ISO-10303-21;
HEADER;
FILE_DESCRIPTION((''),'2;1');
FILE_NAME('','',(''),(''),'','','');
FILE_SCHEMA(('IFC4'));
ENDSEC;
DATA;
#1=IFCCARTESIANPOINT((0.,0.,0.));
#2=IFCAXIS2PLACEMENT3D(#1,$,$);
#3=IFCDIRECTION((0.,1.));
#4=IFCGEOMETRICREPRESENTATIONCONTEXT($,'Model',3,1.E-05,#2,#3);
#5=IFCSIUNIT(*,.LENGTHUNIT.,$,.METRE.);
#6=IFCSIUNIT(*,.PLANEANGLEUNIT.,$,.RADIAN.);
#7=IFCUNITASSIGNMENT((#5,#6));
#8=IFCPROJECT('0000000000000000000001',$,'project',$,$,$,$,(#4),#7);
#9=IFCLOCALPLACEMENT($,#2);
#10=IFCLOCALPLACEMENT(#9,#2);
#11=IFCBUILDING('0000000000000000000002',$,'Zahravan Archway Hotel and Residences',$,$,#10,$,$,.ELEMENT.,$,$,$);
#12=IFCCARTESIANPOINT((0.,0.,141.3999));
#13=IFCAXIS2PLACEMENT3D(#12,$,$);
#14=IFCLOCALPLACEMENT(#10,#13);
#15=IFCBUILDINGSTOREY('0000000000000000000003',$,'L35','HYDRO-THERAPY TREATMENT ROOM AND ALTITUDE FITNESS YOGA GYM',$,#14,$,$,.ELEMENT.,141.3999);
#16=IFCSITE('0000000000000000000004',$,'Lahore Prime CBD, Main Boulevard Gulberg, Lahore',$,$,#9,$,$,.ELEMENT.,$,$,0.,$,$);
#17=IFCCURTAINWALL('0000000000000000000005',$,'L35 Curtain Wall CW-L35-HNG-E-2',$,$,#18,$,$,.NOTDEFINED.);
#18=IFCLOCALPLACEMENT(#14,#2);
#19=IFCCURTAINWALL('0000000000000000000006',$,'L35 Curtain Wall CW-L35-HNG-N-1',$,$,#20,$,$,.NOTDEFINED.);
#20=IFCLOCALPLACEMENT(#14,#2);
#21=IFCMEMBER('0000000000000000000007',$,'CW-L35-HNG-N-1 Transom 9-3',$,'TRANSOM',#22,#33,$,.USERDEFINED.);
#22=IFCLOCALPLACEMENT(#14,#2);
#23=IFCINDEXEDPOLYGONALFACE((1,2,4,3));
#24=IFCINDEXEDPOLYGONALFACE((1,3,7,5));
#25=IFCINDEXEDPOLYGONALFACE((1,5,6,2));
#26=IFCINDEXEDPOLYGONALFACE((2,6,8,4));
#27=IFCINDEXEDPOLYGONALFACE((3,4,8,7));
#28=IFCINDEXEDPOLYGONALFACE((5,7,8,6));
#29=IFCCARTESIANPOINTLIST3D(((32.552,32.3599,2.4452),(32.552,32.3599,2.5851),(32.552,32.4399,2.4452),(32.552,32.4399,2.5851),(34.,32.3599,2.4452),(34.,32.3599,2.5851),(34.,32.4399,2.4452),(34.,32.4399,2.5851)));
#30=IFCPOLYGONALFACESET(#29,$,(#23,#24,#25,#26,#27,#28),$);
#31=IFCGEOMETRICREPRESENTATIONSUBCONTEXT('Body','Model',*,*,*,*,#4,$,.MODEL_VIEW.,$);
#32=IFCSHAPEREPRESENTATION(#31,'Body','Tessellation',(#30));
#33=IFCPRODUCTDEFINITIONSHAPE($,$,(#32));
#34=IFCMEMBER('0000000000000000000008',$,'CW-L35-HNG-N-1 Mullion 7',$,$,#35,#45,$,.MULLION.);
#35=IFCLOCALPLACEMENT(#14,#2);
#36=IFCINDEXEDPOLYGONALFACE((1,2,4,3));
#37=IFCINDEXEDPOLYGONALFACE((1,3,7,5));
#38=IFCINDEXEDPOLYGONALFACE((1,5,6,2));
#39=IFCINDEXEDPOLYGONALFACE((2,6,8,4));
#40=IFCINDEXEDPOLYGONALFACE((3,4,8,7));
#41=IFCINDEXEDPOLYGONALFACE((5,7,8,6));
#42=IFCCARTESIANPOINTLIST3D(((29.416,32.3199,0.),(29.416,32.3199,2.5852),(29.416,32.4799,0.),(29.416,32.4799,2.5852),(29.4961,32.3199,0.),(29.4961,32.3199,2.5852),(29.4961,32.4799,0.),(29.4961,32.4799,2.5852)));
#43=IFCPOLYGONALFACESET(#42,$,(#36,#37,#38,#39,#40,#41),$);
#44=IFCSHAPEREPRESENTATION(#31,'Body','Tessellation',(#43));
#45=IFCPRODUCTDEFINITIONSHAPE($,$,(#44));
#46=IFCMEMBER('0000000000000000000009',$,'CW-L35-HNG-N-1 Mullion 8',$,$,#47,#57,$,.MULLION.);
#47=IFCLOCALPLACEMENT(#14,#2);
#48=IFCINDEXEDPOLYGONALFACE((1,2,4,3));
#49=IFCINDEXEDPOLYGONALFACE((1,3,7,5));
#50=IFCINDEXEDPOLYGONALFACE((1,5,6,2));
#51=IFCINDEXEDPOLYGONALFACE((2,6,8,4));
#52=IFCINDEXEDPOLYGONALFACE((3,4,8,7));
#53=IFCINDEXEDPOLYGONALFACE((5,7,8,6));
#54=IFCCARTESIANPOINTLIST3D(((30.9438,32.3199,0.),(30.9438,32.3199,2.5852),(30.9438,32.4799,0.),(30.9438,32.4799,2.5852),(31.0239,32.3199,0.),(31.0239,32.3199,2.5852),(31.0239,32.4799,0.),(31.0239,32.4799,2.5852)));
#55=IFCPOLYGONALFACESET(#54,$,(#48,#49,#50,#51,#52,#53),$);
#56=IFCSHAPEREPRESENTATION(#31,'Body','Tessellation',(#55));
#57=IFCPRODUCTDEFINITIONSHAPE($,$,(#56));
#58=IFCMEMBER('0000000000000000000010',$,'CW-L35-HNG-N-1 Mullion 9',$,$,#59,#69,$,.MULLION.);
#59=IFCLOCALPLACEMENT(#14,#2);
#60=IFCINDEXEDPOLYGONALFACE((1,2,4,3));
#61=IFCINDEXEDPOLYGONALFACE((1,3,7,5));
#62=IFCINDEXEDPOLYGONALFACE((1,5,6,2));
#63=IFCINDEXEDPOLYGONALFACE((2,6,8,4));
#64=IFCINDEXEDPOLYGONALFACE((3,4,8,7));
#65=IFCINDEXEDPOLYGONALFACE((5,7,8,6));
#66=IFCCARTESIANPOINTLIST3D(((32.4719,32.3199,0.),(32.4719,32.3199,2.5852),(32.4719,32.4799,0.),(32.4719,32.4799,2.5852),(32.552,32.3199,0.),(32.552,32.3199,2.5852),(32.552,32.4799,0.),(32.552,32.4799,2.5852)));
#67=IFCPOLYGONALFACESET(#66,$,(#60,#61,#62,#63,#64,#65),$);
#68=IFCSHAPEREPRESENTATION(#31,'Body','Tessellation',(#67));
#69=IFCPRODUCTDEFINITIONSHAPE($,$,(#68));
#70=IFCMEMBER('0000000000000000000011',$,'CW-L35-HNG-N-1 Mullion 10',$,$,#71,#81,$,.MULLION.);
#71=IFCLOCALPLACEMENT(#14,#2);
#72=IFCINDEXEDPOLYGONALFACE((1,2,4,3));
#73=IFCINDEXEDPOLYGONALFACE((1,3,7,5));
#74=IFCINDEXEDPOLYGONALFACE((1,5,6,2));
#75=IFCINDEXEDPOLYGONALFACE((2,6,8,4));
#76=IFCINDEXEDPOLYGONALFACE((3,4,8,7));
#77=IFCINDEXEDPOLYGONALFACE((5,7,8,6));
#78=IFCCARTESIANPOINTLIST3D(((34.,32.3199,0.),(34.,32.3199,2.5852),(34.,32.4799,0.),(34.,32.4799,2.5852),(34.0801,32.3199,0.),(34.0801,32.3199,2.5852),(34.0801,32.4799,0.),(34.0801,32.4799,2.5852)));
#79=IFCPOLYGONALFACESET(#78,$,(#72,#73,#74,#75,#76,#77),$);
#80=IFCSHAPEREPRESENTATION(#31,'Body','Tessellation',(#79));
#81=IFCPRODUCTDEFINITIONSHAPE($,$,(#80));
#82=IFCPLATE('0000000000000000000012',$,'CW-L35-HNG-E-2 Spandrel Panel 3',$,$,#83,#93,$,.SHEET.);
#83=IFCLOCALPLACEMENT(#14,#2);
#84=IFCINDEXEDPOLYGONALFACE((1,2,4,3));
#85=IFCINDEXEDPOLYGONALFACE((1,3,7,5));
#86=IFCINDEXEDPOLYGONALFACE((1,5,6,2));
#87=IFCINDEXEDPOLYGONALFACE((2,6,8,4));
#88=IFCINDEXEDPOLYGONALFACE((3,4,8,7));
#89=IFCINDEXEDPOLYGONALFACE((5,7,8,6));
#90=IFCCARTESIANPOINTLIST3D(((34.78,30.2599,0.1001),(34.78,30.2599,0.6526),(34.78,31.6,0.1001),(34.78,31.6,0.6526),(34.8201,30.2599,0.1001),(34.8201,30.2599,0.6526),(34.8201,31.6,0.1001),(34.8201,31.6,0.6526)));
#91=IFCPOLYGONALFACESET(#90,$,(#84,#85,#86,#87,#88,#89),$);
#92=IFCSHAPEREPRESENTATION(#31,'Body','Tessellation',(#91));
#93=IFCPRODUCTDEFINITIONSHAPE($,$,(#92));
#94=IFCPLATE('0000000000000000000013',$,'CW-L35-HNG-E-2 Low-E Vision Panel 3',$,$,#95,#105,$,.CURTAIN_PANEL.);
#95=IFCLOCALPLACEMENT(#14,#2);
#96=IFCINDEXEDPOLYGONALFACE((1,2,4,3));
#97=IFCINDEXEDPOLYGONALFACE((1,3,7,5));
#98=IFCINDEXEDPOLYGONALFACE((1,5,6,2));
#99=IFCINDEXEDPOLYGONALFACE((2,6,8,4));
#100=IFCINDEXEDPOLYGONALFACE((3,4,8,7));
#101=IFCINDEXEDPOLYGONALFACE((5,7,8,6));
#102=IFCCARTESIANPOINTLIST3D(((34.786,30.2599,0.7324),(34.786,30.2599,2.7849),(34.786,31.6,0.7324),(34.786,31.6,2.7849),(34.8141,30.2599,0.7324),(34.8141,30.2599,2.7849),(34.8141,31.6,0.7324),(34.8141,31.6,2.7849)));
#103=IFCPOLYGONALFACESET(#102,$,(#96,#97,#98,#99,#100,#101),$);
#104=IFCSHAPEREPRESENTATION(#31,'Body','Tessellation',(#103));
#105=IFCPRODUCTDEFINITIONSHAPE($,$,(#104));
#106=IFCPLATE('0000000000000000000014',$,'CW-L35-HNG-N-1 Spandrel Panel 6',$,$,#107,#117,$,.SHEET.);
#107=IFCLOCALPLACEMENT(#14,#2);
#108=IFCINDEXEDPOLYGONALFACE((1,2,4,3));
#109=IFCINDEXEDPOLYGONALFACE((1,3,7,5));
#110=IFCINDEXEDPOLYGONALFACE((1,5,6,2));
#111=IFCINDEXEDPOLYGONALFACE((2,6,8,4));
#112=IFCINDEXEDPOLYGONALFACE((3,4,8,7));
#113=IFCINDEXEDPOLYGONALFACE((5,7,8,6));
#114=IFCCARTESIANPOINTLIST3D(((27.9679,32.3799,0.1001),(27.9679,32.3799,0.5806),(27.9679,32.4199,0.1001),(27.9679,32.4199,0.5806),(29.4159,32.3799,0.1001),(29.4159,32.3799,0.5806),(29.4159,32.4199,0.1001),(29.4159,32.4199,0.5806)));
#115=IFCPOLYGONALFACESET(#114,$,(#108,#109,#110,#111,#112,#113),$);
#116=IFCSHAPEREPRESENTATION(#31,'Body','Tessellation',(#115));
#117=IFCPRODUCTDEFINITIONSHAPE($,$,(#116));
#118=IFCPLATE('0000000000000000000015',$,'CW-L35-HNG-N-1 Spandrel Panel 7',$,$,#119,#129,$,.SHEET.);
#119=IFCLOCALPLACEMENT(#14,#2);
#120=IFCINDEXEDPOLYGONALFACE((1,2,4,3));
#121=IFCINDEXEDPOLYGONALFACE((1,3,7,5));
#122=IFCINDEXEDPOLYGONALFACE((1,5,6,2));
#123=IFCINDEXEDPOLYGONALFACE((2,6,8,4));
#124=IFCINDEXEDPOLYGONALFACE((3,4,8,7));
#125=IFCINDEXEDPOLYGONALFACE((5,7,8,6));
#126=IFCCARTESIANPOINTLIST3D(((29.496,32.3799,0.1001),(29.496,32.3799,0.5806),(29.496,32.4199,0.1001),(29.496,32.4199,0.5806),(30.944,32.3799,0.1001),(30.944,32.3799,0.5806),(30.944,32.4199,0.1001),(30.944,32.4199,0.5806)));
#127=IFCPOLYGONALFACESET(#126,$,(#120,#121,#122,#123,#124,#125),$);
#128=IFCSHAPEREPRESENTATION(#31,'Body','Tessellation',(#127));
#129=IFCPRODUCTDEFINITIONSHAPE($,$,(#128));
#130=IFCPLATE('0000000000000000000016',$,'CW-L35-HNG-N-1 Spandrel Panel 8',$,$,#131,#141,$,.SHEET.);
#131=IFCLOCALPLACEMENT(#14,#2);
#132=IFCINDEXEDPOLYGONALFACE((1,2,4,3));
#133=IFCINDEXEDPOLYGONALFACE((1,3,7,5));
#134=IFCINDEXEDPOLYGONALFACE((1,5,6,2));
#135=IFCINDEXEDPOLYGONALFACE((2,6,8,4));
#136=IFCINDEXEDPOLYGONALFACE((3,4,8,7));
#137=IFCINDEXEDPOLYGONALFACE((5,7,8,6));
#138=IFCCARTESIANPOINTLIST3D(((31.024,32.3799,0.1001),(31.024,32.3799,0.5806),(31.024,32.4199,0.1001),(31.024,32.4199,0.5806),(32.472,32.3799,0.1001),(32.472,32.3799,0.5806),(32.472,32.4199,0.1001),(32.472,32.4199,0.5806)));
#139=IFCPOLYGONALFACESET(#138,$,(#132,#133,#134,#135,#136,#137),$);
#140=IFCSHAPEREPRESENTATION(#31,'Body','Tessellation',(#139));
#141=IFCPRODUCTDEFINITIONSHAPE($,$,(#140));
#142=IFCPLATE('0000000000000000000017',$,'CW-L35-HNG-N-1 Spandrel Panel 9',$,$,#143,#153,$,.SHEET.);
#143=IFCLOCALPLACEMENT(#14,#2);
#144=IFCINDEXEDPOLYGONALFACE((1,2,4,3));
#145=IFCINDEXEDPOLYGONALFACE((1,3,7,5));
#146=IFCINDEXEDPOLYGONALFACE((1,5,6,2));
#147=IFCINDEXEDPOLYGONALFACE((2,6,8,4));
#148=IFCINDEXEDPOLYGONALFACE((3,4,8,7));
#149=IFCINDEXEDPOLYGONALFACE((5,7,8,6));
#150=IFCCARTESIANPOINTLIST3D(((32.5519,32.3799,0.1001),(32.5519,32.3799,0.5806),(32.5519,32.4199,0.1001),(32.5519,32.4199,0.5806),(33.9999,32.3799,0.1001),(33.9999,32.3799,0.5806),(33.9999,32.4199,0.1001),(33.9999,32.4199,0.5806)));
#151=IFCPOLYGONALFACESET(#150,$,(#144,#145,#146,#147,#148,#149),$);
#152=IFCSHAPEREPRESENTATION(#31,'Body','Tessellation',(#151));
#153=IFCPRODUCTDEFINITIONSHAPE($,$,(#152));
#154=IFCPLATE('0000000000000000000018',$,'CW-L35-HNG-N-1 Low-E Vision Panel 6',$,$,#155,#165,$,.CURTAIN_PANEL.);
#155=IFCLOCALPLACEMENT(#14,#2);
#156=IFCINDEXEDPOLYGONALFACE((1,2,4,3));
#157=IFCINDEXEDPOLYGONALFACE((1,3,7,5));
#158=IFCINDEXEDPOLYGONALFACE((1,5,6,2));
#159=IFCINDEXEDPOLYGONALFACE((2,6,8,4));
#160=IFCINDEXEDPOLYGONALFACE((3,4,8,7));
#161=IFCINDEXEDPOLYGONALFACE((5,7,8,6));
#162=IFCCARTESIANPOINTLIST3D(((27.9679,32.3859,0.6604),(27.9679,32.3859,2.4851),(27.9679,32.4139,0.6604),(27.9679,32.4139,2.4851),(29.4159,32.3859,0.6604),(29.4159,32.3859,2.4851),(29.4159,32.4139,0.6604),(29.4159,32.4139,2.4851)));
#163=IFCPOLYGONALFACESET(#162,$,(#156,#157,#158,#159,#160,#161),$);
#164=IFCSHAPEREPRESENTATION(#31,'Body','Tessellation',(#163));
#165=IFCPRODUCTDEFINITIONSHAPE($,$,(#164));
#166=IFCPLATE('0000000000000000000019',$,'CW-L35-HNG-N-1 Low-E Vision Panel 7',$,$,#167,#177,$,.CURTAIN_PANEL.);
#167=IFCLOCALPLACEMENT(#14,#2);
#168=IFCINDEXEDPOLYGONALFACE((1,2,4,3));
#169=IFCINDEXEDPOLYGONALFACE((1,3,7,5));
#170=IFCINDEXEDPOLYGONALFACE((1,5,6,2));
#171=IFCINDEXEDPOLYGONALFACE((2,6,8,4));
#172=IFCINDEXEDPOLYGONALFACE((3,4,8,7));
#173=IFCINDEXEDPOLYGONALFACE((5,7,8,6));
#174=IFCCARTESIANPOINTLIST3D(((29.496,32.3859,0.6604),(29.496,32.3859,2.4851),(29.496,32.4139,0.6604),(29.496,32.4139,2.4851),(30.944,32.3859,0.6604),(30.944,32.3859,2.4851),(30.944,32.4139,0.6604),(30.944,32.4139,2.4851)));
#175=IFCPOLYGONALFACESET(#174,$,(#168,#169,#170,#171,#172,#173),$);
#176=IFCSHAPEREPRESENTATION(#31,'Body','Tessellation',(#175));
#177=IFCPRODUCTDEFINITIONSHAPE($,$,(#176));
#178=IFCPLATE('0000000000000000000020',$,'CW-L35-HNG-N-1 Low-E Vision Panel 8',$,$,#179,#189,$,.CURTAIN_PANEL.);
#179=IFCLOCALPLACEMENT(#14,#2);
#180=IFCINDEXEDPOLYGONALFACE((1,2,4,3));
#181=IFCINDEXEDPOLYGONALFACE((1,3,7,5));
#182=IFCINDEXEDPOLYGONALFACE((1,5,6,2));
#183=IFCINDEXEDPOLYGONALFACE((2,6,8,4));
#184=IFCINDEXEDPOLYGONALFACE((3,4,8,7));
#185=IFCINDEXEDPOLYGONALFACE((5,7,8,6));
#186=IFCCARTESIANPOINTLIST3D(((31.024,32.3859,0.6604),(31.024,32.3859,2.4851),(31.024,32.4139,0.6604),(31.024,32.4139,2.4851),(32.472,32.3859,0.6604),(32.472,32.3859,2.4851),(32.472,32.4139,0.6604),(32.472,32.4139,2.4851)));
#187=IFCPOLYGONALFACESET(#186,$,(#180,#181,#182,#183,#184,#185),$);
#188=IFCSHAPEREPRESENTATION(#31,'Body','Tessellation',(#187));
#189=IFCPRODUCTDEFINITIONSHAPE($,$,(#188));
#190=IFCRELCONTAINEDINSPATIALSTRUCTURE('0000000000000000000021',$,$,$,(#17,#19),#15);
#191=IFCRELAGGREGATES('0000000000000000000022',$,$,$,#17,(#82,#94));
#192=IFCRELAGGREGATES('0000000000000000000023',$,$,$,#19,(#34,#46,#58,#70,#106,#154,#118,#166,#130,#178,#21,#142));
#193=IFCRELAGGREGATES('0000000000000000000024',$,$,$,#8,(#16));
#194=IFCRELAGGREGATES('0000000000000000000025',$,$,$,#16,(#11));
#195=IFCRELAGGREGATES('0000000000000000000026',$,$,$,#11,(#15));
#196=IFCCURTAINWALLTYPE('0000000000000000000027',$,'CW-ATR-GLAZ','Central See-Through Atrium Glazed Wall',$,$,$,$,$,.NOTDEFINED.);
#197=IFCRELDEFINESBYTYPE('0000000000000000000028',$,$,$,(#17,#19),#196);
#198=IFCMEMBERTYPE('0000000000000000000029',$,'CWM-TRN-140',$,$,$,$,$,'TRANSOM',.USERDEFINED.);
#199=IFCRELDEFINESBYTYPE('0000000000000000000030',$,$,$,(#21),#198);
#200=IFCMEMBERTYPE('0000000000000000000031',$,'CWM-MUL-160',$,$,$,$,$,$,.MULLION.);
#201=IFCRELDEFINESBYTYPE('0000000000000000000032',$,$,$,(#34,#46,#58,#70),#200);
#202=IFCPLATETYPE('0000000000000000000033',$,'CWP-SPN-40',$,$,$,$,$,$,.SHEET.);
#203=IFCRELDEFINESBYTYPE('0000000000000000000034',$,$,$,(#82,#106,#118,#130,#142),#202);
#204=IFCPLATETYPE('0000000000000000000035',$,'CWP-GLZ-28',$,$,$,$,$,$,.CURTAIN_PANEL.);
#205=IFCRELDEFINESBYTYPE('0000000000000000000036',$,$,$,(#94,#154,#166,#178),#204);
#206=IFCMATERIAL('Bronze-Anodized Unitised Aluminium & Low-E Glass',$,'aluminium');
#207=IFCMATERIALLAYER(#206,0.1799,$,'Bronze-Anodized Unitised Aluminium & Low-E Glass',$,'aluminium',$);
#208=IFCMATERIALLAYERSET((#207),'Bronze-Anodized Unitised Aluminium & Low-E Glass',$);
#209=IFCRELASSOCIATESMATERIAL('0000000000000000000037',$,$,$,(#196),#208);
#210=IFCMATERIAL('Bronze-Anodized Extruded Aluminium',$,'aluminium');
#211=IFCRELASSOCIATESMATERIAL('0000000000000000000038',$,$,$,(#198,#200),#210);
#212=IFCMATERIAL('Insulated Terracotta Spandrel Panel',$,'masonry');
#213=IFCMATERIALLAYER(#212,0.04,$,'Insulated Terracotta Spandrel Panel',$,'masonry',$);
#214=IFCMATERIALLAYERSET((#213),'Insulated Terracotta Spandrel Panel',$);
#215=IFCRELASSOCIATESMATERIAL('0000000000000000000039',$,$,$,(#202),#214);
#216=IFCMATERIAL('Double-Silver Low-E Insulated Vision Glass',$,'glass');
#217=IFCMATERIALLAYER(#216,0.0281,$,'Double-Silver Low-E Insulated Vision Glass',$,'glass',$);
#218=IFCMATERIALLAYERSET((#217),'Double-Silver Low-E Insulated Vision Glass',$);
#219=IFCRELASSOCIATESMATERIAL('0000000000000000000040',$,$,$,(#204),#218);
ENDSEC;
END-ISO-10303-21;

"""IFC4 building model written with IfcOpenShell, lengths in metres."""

from ifc_helpers import new_model, si_unit, direction, frame, origin, origin_2d, place, context, subcontext, project, spatial, rectangle, extrude, source, transform, mapped, material, layer, layer_set, material_profile, profile_set, type_object, element, aggregate, save


model = new_model("IFC4")

# Units and contexts
model_context = context("Model", 3, precision=1e-05, world=origin(), true_north=direction((0.0, 1.0)))
body_context = subcontext(model_context, "Body", "Model", "MODEL_VIEW")
ifc_project = project(units=[si_unit("LENGTHUNIT", "METRE"), si_unit("PLANEANGLEUNIT", "RADIAN")], contexts=[model_context])

# Site, building, storey
site_placement = place(None, origin())
site = spatial("IfcSite", under=ifc_project, at=site_placement, Name="Lahore Prime CBD, Main Boulevard Gulberg, Lahore", CompositionType="ELEMENT", RefElevation=0.0)
building_placement = place(site_placement, origin())
building = spatial("IfcBuilding", under=site, at=building_placement, Name="Zahravan Archway Hotel and Residences", CompositionType="ELEMENT")
storey_placement = place(building_placement, frame((0.0, 0.0, 141.3999)))
storey = spatial("IfcBuildingStorey", under=building, at=storey_placement, Name="L35", Description="HYDRO-THERAPY TREATMENT ROOM AND ALTITUDE FITNESS YOGA GYM", CompositionType="ELEMENT", Elevation=141.3999)

# Curtain walls, members
ifc_material_1 = material(Name="Bronze-Anodized Unitised Aluminium & Low-E Glass", Category="aluminium")
ifc_layer_1 = layer(ifc_material_1, 0.1799, Name="Bronze-Anodized Unitised Aluminium & Low-E Glass", Category="aluminium")
ifc_layer_set_1 = layer_set([ifc_layer_1], Name="Bronze-Anodized Unitised Aluminium & Low-E Glass")
curtain_wall_type = type_object("IfcCurtainWallType", Name="CW-ATR-GLAZ", Description="Central See-Through Atrium Glazed Wall", PredefinedType="NOTDEFINED", material=ifc_layer_set_1)
curtain_wall_1_placement = place(storey_placement, origin())
curtain_wall_1 = element("IfcCurtainWall", 1, at=curtain_wall_1_placement, inside=storey, type_object=curtain_wall_type, Name="L35 Curtain Wall CW-L35-HNG-E-2", PredefinedType="NOTDEFINED")
ifc_material_2 = material(Name="Bronze-Anodized Extruded Aluminium", Category="aluminium")
ifc_material_profile_1 = material_profile(ifc_material_2, rectangle(XDim=0.0801, YDim=0.1399, at=origin_2d()), Name="TRN 80x140", Category="aluminium")
ifc_profile_set_1 = profile_set([ifc_material_profile_1], Name="Bronze-Anodized Extruded Aluminium")
member_type_1 = type_object("IfcMemberType", Name="CWM-TRN-140", ElementType="TRANSOM", PredefinedType="USERDEFINED", material=ifc_profile_set_1)
ifc_material_profile_2 = material_profile(ifc_material_2, rectangle(XDim=0.0801, YDim=0.1599, at=origin_2d()), Name="MUL 80x160", Category="aluminium")
ifc_profile_set_2 = profile_set([ifc_material_profile_2], Name="Bronze-Anodized Extruded Aluminium")
member_type_2 = type_object("IfcMemberType", Name="CWM-MUL-160", PredefinedType="MULLION", material=ifc_profile_set_2)
curtain_wall_2_placement = place(storey_placement, origin())
curtain_wall_2 = element("IfcCurtainWall", 2, at=curtain_wall_2_placement, inside=storey, type_object=curtain_wall_type, Name="L35 Curtain Wall CW-L35-HNG-N-1", PredefinedType="NOTDEFINED")
shared_shape_1 = source(origin(), body_context, "Body", "SweptSolid", [
    extrude(rectangle(XDim=0.0801, YDim=0.1399, at=origin_2d()), origin(), (0.0, 0.0, 1.0), 1.448),
])
member_1_placement = place(storey_placement, frame((32.552, 32.3999, 2.5151), z_axis=(1.0, 0.0, 0.0), x_axis=(0.0, 1.0, 0.0)))
member_1 = element("IfcMember", 3, at=member_1_placement, type_object=member_type_1, Name="CW-L35-HNG-N-1 Transom 9-3", ObjectType="TRANSOM", PredefinedType="USERDEFINED", context=body_context, shape_type="MappedRepresentation", body=[
    mapped(shared_shape_1, transform((0.0, 0.0, 0.0), scale=1.0)),
])
shared_shape_2 = source(origin(), body_context, "Body", "SweptSolid", [
    extrude(rectangle(XDim=0.0801, YDim=0.1599, at=origin_2d()), origin(), (0.0, 0.0, 1.0), 2.5852),
])
member_2_placement = place(storey_placement, frame((29.4561, 32.3999, 0.0), z_axis=(0.0, 0.0, 1.0), x_axis=(1.0, 0.0, 0.0)))
member_2 = element("IfcMember", 4, at=member_2_placement, type_object=member_type_2, Name="CW-L35-HNG-N-1 Mullion 7", PredefinedType="MULLION", context=body_context, shape_type="MappedRepresentation", body=[
    mapped(shared_shape_2, transform((0.0, 0.0, 0.0), scale=1.0)),
])
member_3_placement = place(storey_placement, frame((30.9839, 32.3999, 0.0), z_axis=(0.0, 0.0, 1.0), x_axis=(1.0, 0.0, 0.0)))
member_3 = element("IfcMember", 5, at=member_3_placement, type_object=member_type_2, Name="CW-L35-HNG-N-1 Mullion 8", PredefinedType="MULLION", context=body_context, shape_type="MappedRepresentation", body=[
    mapped(shared_shape_2, transform((0.0, 0.0, 0.0), scale=1.0)),
])
member_4_placement = place(storey_placement, frame((32.512, 32.3999, 0.0), z_axis=(0.0, 0.0, 1.0), x_axis=(1.0, 0.0, 0.0)))
member_4 = element("IfcMember", 6, at=member_4_placement, type_object=member_type_2, Name="CW-L35-HNG-N-1 Mullion 9", PredefinedType="MULLION", context=body_context, shape_type="MappedRepresentation", body=[
    mapped(shared_shape_2, transform((0.0, 0.0, 0.0), scale=1.0)),
])
member_5_placement = place(storey_placement, frame((34.04, 32.3999, 0.0), z_axis=(0.0, 0.0, 1.0), x_axis=(1.0, 0.0, 0.0)))
member_5 = element("IfcMember", 7, at=member_5_placement, type_object=member_type_2, Name="CW-L35-HNG-N-1 Mullion 10", PredefinedType="MULLION", context=body_context, shape_type="MappedRepresentation", body=[
    mapped(shared_shape_2, transform((0.0, 0.0, 0.0), scale=1.0)),
])

# Plates
ifc_material_3 = material(Name="Insulated Terracotta Spandrel Panel", Category="masonry")
ifc_layer_2 = layer(ifc_material_3, 0.04, Name="Insulated Terracotta Spandrel Panel", Category="masonry")
ifc_layer_set_2 = layer_set([ifc_layer_2], Name="Insulated Terracotta Spandrel Panel")
plate_type_1 = type_object("IfcPlateType", Name="CWP-SPN-40", PredefinedType="SHEET", material=ifc_layer_set_2)
shared_shape_3 = source(origin(), body_context, "Body", "SweptSolid", [
    extrude(rectangle(XDim=1.3401, YDim=0.04, at=origin_2d()), origin(), (0.0, 0.0, 1.0), 0.5525),
])
plate_1_placement = place(storey_placement, frame((34.8, 30.9299, 0.1001), z_axis=(0.0, 0.0, 1.0), x_axis=(0.0, 1.0, 0.0)))
plate_1 = element("IfcPlate", 8, at=plate_1_placement, type_object=plate_type_1, Name="CW-L35-HNG-E-2 Spandrel Panel 3", PredefinedType="SHEET", context=body_context, shape_type="MappedRepresentation", body=[
    mapped(shared_shape_3, transform((0.0, 0.0, 0.0), scale=1.0)),
])
ifc_material_4 = material(Name="Double-Silver Low-E Insulated Vision Glass", Category="glass")
ifc_layer_3 = layer(ifc_material_4, 0.0281, Name="Double-Silver Low-E Insulated Vision Glass", Category="glass")
ifc_layer_set_3 = layer_set([ifc_layer_3], Name="Double-Silver Low-E Insulated Vision Glass")
plate_type_2 = type_object("IfcPlateType", Name="CWP-GLZ-28", PredefinedType="CURTAIN_PANEL", material=ifc_layer_set_3)
shared_shape_4 = source(origin(), body_context, "Body", "SweptSolid", [
    extrude(rectangle(XDim=1.3401, YDim=0.0281, at=origin_2d()), origin(), (0.0, 0.0, 1.0), 2.0525),
])
plate_2_placement = place(storey_placement, frame((34.8, 30.9299, 0.7324), z_axis=(0.0, 0.0, 1.0), x_axis=(0.0, 1.0, 0.0)))
plate_2 = element("IfcPlate", 9, at=plate_2_placement, type_object=plate_type_2, Name="CW-L35-HNG-E-2 Low-E Vision Panel 3", PredefinedType="CURTAIN_PANEL", context=body_context, shape_type="MappedRepresentation", body=[
    mapped(shared_shape_4, transform((0.0, 0.0, 0.0), scale=1.0)),
])
aggregate(curtain_wall_1, [plate_1, plate_2])
shared_shape_5 = source(origin(), body_context, "Body", "SweptSolid", [
    extrude(rectangle(XDim=1.448, YDim=0.04, at=origin_2d()), origin(), (0.0, 0.0, 1.0), 0.4805),
])
plate_3_placement = place(storey_placement, frame((28.6919, 32.3999, 0.1001), z_axis=(0.0, 0.0, 1.0), x_axis=(1.0, 0.0, 0.0)))
plate_3 = element("IfcPlate", 10, at=plate_3_placement, type_object=plate_type_1, Name="CW-L35-HNG-N-1 Spandrel Panel 6", PredefinedType="SHEET", context=body_context, shape_type="MappedRepresentation", body=[
    mapped(shared_shape_5, transform((0.0, 0.0, 0.0), scale=1.0)),
])
plate_4_placement = place(storey_placement, frame((30.22, 32.3999, 0.1001), z_axis=(0.0, 0.0, 1.0), x_axis=(1.0, 0.0, 0.0)))
plate_4 = element("IfcPlate", 11, at=plate_4_placement, type_object=plate_type_1, Name="CW-L35-HNG-N-1 Spandrel Panel 7", PredefinedType="SHEET", context=body_context, shape_type="MappedRepresentation", body=[
    mapped(shared_shape_5, transform((0.0, 0.0, 0.0), scale=1.0)),
])
plate_5_placement = place(storey_placement, frame((31.748, 32.3999, 0.1001), z_axis=(0.0, 0.0, 1.0), x_axis=(1.0, 0.0, 0.0)))
plate_5 = element("IfcPlate", 12, at=plate_5_placement, type_object=plate_type_1, Name="CW-L35-HNG-N-1 Spandrel Panel 8", PredefinedType="SHEET", context=body_context, shape_type="MappedRepresentation", body=[
    mapped(shared_shape_5, transform((0.0, 0.0, 0.0), scale=1.0)),
])
plate_6_placement = place(storey_placement, frame((33.2759, 32.3999, 0.1001), z_axis=(0.0, 0.0, 1.0), x_axis=(1.0, 0.0, 0.0)))
plate_6 = element("IfcPlate", 13, at=plate_6_placement, type_object=plate_type_1, Name="CW-L35-HNG-N-1 Spandrel Panel 9", PredefinedType="SHEET", context=body_context, shape_type="MappedRepresentation", body=[
    mapped(shared_shape_5, transform((0.0, 0.0, 0.0), scale=1.0)),
])
shared_shape_6 = source(origin(), body_context, "Body", "SweptSolid", [
    extrude(rectangle(XDim=1.448, YDim=0.0281, at=origin_2d()), origin(), (0.0, 0.0, 1.0), 1.8247),
])
plate_7_placement = place(storey_placement, frame((28.6919, 32.3999, 0.6604), z_axis=(0.0, 0.0, 1.0), x_axis=(1.0, 0.0, 0.0)))
plate_7 = element("IfcPlate", 14, at=plate_7_placement, type_object=plate_type_2, Name="CW-L35-HNG-N-1 Low-E Vision Panel 6", PredefinedType="CURTAIN_PANEL", context=body_context, shape_type="MappedRepresentation", body=[
    mapped(shared_shape_6, transform((0.0, 0.0, 0.0), scale=1.0)),
])
plate_8_placement = place(storey_placement, frame((30.22, 32.3999, 0.6604), z_axis=(0.0, 0.0, 1.0), x_axis=(1.0, 0.0, 0.0)))
plate_8 = element("IfcPlate", 15, at=plate_8_placement, type_object=plate_type_2, Name="CW-L35-HNG-N-1 Low-E Vision Panel 7", PredefinedType="CURTAIN_PANEL", context=body_context, shape_type="MappedRepresentation", body=[
    mapped(shared_shape_6, transform((0.0, 0.0, 0.0), scale=1.0)),
])
plate_9_placement = place(storey_placement, frame((31.748, 32.3999, 0.6604), z_axis=(0.0, 0.0, 1.0), x_axis=(1.0, 0.0, 0.0)))
plate_9 = element("IfcPlate", 16, at=plate_9_placement, type_object=plate_type_2, Name="CW-L35-HNG-N-1 Low-E Vision Panel 8", PredefinedType="CURTAIN_PANEL", context=body_context, shape_type="MappedRepresentation", body=[
    mapped(shared_shape_6, transform((0.0, 0.0, 0.0), scale=1.0)),
])
aggregate(curtain_wall_2, [member_2, member_3, member_4, member_5, plate_3, plate_7, plate_4, plate_8, plate_5, plate_9, member_1, plate_6])

save(model, "model.ifc")
